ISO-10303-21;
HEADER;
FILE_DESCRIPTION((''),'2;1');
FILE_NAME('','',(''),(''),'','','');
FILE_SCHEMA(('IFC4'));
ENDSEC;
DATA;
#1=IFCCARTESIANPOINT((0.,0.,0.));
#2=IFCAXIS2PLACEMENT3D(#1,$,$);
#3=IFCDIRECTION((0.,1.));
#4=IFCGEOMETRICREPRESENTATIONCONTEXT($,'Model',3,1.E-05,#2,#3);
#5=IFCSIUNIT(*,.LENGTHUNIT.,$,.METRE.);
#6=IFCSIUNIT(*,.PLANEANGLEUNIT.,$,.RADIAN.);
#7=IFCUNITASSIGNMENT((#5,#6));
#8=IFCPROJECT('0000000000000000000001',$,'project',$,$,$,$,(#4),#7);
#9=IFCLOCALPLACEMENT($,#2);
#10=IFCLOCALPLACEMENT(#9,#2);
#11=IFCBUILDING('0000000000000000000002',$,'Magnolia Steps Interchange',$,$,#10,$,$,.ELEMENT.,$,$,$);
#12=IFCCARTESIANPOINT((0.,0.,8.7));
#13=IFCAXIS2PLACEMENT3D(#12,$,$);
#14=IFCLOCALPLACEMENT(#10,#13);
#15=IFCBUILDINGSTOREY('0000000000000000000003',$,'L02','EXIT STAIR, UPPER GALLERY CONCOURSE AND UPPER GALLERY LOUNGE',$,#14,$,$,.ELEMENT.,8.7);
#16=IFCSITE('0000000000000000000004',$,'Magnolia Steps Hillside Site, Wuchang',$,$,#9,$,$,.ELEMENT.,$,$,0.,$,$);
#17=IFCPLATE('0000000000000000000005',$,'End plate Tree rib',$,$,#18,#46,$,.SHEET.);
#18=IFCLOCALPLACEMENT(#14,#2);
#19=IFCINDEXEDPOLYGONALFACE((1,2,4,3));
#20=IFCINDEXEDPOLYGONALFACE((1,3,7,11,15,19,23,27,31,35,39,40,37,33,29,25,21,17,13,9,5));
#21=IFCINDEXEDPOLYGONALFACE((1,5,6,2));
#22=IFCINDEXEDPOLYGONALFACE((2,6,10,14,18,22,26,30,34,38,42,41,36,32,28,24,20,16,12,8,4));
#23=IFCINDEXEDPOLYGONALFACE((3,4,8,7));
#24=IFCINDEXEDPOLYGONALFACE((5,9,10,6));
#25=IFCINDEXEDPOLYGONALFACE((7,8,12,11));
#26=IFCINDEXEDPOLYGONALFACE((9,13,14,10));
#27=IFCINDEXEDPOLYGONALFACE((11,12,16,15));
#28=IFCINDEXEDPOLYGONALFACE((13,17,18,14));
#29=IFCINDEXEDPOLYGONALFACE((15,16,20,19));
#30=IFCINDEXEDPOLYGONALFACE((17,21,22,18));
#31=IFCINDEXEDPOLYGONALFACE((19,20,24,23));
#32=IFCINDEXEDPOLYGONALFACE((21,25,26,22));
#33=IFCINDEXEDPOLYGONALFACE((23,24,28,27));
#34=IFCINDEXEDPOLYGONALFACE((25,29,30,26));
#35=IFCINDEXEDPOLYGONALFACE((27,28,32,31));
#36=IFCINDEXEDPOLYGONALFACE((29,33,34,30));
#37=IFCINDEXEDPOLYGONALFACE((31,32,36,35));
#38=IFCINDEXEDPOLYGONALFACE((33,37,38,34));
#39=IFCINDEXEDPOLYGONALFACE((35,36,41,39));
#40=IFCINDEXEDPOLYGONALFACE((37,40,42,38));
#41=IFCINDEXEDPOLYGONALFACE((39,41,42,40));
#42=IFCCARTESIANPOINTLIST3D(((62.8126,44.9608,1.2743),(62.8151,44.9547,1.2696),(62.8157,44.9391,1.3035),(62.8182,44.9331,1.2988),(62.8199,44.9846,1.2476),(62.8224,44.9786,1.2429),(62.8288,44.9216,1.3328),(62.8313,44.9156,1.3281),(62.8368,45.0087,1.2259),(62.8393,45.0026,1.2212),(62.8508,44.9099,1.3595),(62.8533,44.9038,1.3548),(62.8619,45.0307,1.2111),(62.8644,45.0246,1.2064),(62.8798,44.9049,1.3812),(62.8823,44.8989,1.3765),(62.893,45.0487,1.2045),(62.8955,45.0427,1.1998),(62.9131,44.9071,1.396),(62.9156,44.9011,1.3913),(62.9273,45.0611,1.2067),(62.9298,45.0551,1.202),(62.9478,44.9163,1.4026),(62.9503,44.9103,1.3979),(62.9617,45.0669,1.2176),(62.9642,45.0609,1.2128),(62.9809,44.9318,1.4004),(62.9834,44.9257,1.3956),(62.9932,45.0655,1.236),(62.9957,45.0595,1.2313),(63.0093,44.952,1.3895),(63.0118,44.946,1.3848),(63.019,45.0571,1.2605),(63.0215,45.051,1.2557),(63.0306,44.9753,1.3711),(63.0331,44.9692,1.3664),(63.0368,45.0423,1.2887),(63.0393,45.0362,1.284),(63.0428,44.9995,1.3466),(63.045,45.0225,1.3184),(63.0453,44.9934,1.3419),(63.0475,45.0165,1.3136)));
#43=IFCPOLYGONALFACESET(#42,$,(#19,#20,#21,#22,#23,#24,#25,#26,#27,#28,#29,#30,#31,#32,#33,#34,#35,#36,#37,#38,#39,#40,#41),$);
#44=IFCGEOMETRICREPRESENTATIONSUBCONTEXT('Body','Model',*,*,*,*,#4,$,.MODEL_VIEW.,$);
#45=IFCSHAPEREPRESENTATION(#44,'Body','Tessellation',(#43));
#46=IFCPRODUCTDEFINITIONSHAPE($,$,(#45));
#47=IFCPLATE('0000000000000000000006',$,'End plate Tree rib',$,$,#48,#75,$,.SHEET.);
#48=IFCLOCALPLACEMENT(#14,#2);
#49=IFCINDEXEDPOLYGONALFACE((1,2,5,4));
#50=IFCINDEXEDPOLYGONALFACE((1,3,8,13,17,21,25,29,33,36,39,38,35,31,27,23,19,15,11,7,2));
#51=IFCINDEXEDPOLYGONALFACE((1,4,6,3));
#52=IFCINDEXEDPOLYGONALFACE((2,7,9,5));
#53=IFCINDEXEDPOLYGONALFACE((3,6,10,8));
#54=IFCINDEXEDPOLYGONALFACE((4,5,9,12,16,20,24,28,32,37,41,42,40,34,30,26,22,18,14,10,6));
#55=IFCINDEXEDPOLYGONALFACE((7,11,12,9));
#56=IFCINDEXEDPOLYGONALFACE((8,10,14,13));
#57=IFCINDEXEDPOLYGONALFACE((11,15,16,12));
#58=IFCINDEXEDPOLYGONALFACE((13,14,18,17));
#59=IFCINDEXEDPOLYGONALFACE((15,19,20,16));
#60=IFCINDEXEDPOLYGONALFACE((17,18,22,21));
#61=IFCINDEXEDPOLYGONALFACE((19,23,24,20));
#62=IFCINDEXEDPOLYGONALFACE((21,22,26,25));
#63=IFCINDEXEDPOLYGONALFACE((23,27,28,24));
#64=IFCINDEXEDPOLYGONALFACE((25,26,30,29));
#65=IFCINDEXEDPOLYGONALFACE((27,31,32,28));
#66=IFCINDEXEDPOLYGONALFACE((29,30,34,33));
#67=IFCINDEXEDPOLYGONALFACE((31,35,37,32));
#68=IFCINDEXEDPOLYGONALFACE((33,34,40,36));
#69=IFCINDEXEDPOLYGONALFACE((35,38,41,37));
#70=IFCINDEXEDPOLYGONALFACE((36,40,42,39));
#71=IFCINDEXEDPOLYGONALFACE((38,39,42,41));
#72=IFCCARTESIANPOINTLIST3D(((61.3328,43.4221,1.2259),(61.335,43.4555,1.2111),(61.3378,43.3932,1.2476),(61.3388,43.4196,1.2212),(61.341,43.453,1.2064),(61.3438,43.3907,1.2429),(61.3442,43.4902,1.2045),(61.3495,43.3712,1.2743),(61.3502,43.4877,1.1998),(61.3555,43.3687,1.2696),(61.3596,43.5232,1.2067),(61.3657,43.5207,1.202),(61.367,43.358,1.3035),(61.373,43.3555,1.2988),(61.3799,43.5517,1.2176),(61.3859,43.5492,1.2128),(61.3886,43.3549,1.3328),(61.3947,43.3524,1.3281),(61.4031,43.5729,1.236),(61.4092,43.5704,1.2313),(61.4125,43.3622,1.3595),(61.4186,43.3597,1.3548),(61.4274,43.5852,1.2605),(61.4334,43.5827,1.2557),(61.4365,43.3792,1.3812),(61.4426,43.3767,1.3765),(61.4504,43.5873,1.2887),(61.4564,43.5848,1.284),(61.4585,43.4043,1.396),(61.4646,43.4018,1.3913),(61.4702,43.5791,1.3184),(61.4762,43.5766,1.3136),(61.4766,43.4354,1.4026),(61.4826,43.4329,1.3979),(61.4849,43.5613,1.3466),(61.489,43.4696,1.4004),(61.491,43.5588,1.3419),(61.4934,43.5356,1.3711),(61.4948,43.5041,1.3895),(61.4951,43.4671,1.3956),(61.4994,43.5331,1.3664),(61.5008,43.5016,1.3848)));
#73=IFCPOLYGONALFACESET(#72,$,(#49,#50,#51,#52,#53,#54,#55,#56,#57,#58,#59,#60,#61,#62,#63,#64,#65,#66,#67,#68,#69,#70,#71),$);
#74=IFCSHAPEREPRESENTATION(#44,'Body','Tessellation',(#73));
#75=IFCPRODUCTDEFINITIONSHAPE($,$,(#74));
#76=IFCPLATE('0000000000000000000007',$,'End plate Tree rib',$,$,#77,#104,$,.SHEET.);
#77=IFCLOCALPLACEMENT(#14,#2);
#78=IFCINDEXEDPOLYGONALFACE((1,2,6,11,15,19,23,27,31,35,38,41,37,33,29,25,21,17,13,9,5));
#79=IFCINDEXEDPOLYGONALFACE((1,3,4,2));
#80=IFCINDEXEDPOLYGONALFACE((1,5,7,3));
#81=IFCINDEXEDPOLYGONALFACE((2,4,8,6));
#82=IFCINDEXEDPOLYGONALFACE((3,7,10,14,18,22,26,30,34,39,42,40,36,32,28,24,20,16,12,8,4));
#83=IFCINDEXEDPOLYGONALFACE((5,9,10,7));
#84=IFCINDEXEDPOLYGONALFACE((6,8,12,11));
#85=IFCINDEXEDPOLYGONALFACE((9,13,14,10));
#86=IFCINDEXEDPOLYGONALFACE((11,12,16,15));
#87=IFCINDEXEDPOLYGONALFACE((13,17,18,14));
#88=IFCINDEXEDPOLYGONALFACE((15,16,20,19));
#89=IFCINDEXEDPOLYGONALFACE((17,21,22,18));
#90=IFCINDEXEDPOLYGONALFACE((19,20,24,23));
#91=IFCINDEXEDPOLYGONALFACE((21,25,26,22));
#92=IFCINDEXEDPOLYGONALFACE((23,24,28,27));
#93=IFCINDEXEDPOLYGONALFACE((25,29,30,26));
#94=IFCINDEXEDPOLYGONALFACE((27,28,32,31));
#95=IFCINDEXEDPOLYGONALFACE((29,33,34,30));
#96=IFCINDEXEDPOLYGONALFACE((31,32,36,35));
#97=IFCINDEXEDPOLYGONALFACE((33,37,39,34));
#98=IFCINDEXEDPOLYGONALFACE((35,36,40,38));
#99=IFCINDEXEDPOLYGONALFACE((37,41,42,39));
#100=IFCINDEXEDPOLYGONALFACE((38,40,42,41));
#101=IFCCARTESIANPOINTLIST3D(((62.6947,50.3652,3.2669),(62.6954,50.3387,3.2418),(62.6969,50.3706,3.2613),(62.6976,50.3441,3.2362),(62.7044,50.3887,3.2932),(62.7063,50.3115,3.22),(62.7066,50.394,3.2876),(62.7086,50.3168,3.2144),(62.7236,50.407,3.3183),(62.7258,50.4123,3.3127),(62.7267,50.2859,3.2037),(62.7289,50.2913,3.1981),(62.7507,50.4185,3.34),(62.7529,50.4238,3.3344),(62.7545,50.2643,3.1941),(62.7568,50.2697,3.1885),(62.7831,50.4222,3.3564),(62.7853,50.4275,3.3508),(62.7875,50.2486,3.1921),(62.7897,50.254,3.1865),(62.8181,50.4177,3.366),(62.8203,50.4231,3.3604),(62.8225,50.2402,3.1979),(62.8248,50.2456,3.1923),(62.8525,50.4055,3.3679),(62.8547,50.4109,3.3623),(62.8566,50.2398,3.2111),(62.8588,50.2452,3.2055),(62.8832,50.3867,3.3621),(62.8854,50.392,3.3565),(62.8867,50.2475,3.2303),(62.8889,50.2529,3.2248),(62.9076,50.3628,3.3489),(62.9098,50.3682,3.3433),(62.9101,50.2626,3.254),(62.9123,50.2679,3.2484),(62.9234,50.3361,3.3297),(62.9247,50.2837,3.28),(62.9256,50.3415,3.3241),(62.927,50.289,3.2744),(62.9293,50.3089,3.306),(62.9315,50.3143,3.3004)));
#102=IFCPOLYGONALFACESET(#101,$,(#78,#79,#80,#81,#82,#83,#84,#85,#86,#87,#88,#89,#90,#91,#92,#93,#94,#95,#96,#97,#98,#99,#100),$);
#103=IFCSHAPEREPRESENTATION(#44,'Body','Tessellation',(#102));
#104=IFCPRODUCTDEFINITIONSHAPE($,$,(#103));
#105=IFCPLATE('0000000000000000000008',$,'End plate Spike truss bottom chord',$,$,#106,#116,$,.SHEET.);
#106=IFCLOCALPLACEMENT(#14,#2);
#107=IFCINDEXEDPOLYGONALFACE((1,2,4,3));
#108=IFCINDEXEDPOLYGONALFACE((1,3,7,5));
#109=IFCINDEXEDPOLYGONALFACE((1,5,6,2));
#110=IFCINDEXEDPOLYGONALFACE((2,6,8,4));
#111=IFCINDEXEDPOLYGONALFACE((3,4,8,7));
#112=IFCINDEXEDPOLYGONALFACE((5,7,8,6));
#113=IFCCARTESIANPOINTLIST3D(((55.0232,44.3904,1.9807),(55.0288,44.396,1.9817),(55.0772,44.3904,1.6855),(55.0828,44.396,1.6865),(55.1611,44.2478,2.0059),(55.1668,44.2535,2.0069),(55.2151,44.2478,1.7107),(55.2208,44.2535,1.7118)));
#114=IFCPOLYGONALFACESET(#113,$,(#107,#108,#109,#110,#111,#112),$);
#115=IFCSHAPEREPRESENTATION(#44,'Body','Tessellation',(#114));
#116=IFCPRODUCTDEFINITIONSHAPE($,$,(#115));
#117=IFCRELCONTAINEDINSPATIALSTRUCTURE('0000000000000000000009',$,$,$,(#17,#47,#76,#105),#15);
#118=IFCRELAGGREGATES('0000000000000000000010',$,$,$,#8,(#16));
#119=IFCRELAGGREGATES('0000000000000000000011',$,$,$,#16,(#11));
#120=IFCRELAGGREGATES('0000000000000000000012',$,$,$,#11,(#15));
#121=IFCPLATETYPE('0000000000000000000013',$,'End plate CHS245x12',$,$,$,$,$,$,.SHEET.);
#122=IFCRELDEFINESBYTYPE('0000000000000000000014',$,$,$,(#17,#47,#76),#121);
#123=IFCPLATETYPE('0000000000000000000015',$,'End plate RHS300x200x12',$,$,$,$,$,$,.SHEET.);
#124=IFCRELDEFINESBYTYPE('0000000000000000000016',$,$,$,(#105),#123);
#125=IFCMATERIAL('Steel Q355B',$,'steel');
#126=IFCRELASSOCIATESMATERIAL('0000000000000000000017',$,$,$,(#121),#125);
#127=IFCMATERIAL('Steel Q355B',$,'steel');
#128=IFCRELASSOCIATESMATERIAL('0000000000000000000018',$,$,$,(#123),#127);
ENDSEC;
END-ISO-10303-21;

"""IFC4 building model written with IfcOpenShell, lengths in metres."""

from ifc_helpers import new_model, si_unit, direction, frame, origin, origin_2d, place, context, subcontext, project, spatial, rectangle, circle, extrude, material, material_profile, profile_set, type_object, element, save


model = new_model("IFC4")

# Units and contexts
model_context = context("Model", 3, precision=1e-05, world=origin(), true_north=direction((0.0, 1.0)))
body_context = subcontext(model_context, "Body", "Model", "MODEL_VIEW")
ifc_project = project(units=[si_unit("LENGTHUNIT", "METRE"), si_unit("PLANEANGLEUNIT", "RADIAN")], contexts=[model_context])

# Site, building, storey
site_placement = place(None, origin())
site = spatial("IfcSite", under=ifc_project, at=site_placement, Name="Magnolia Steps Hillside Site, Wuchang", CompositionType="ELEMENT", RefElevation=0.0)
building_placement = place(site_placement, origin())
building = spatial("IfcBuilding", under=site, at=building_placement, Name="Magnolia Steps Interchange", CompositionType="ELEMENT")
storey_placement = place(building_placement, frame((0.0, 0.0, 8.7)))
storey = spatial("IfcBuildingStorey", under=building, at=storey_placement, Name="L02", Description="EXIT STAIR, UPPER GALLERY CONCOURSE AND UPPER GALLERY LOUNGE", CompositionType="ELEMENT", Elevation=8.7)

# Plates
ifc_material_1 = material(Name="Steel Q355B", Category="steel")
ifc_material_profile_1 = material_profile(ifc_material_1, circle(Radius=0.1226, at=origin_2d()), Name="End plate CHS245x12")
ifc_profile_set_1 = profile_set([ifc_material_profile_1], Name="Steel Q355B")
plate_type_1 = type_object("IfcPlateType", Name="End plate CHS245x12", PredefinedType="SHEET", material=ifc_profile_set_1)
for number, where, z_axis, x_axis, name in (
    (1, (62.9314, 44.98, 1.2988), (-0.310071, 0.748578, 0.586078), (-0.92388, -0.382683, 0.0), "End plate Tree rib"),
    (2, (61.4199, 43.4688, 1.2988), (-0.748578, 0.310071, 0.586078), (-0.382683, -0.92388, 0.0), "End plate Tree rib"),
    (3, (62.8137, 50.3359, 3.2744), (-0.275279, -0.664583, 0.694658), (0.92388, -0.382683, 0.0), "End plate Tree rib"),
):
    element("IfcPlate", number, at=place(storey_placement, frame(where, z_axis=z_axis, x_axis=x_axis)), inside=storey, type_object=plate_type_1, Name=name, PredefinedType="SHEET", context=body_context, shape_type="SweptSolid", body=[
        extrude(circle(Radius=0.1226, at=origin_2d()), origin(), (0.0, 0.0, 1.0), 0.0081),
    ])
ifc_material_2 = material(Name="Steel Q355B", Category="steel")
ifc_material_profile_2 = material_profile(ifc_material_2, rectangle(XDim=0.2, YDim=0.3, at=origin_2d()), Name="End plate RHS300x200x12")
ifc_profile_set_2 = profile_set([ifc_material_profile_2], Name="Steel Q355B")
plate_type_2 = type_object("IfcPlateType", Name="End plate RHS300x200x12", PredefinedType="SHEET", material=ifc_profile_set_2)
plate_placement = place(storey_placement, frame((55.1191, 44.3191, 1.8457), z_axis=(0.701265, 0.701265, 0.12828), x_axis=(-0.689818, 0.712901, -0.126186)))
element("IfcPlate", 4, at=plate_placement, inside=storey, type_object=plate_type_2, Name="End plate Spike truss bottom chord", PredefinedType="SHEET", context=body_context, shape_type="SweptSolid", body=[
    extrude(rectangle(XDim=0.2, YDim=0.3, at=origin_2d()), origin(), (0.0, 0.0, 1.0), 0.0081),
])

save(model, "model.ifc")
